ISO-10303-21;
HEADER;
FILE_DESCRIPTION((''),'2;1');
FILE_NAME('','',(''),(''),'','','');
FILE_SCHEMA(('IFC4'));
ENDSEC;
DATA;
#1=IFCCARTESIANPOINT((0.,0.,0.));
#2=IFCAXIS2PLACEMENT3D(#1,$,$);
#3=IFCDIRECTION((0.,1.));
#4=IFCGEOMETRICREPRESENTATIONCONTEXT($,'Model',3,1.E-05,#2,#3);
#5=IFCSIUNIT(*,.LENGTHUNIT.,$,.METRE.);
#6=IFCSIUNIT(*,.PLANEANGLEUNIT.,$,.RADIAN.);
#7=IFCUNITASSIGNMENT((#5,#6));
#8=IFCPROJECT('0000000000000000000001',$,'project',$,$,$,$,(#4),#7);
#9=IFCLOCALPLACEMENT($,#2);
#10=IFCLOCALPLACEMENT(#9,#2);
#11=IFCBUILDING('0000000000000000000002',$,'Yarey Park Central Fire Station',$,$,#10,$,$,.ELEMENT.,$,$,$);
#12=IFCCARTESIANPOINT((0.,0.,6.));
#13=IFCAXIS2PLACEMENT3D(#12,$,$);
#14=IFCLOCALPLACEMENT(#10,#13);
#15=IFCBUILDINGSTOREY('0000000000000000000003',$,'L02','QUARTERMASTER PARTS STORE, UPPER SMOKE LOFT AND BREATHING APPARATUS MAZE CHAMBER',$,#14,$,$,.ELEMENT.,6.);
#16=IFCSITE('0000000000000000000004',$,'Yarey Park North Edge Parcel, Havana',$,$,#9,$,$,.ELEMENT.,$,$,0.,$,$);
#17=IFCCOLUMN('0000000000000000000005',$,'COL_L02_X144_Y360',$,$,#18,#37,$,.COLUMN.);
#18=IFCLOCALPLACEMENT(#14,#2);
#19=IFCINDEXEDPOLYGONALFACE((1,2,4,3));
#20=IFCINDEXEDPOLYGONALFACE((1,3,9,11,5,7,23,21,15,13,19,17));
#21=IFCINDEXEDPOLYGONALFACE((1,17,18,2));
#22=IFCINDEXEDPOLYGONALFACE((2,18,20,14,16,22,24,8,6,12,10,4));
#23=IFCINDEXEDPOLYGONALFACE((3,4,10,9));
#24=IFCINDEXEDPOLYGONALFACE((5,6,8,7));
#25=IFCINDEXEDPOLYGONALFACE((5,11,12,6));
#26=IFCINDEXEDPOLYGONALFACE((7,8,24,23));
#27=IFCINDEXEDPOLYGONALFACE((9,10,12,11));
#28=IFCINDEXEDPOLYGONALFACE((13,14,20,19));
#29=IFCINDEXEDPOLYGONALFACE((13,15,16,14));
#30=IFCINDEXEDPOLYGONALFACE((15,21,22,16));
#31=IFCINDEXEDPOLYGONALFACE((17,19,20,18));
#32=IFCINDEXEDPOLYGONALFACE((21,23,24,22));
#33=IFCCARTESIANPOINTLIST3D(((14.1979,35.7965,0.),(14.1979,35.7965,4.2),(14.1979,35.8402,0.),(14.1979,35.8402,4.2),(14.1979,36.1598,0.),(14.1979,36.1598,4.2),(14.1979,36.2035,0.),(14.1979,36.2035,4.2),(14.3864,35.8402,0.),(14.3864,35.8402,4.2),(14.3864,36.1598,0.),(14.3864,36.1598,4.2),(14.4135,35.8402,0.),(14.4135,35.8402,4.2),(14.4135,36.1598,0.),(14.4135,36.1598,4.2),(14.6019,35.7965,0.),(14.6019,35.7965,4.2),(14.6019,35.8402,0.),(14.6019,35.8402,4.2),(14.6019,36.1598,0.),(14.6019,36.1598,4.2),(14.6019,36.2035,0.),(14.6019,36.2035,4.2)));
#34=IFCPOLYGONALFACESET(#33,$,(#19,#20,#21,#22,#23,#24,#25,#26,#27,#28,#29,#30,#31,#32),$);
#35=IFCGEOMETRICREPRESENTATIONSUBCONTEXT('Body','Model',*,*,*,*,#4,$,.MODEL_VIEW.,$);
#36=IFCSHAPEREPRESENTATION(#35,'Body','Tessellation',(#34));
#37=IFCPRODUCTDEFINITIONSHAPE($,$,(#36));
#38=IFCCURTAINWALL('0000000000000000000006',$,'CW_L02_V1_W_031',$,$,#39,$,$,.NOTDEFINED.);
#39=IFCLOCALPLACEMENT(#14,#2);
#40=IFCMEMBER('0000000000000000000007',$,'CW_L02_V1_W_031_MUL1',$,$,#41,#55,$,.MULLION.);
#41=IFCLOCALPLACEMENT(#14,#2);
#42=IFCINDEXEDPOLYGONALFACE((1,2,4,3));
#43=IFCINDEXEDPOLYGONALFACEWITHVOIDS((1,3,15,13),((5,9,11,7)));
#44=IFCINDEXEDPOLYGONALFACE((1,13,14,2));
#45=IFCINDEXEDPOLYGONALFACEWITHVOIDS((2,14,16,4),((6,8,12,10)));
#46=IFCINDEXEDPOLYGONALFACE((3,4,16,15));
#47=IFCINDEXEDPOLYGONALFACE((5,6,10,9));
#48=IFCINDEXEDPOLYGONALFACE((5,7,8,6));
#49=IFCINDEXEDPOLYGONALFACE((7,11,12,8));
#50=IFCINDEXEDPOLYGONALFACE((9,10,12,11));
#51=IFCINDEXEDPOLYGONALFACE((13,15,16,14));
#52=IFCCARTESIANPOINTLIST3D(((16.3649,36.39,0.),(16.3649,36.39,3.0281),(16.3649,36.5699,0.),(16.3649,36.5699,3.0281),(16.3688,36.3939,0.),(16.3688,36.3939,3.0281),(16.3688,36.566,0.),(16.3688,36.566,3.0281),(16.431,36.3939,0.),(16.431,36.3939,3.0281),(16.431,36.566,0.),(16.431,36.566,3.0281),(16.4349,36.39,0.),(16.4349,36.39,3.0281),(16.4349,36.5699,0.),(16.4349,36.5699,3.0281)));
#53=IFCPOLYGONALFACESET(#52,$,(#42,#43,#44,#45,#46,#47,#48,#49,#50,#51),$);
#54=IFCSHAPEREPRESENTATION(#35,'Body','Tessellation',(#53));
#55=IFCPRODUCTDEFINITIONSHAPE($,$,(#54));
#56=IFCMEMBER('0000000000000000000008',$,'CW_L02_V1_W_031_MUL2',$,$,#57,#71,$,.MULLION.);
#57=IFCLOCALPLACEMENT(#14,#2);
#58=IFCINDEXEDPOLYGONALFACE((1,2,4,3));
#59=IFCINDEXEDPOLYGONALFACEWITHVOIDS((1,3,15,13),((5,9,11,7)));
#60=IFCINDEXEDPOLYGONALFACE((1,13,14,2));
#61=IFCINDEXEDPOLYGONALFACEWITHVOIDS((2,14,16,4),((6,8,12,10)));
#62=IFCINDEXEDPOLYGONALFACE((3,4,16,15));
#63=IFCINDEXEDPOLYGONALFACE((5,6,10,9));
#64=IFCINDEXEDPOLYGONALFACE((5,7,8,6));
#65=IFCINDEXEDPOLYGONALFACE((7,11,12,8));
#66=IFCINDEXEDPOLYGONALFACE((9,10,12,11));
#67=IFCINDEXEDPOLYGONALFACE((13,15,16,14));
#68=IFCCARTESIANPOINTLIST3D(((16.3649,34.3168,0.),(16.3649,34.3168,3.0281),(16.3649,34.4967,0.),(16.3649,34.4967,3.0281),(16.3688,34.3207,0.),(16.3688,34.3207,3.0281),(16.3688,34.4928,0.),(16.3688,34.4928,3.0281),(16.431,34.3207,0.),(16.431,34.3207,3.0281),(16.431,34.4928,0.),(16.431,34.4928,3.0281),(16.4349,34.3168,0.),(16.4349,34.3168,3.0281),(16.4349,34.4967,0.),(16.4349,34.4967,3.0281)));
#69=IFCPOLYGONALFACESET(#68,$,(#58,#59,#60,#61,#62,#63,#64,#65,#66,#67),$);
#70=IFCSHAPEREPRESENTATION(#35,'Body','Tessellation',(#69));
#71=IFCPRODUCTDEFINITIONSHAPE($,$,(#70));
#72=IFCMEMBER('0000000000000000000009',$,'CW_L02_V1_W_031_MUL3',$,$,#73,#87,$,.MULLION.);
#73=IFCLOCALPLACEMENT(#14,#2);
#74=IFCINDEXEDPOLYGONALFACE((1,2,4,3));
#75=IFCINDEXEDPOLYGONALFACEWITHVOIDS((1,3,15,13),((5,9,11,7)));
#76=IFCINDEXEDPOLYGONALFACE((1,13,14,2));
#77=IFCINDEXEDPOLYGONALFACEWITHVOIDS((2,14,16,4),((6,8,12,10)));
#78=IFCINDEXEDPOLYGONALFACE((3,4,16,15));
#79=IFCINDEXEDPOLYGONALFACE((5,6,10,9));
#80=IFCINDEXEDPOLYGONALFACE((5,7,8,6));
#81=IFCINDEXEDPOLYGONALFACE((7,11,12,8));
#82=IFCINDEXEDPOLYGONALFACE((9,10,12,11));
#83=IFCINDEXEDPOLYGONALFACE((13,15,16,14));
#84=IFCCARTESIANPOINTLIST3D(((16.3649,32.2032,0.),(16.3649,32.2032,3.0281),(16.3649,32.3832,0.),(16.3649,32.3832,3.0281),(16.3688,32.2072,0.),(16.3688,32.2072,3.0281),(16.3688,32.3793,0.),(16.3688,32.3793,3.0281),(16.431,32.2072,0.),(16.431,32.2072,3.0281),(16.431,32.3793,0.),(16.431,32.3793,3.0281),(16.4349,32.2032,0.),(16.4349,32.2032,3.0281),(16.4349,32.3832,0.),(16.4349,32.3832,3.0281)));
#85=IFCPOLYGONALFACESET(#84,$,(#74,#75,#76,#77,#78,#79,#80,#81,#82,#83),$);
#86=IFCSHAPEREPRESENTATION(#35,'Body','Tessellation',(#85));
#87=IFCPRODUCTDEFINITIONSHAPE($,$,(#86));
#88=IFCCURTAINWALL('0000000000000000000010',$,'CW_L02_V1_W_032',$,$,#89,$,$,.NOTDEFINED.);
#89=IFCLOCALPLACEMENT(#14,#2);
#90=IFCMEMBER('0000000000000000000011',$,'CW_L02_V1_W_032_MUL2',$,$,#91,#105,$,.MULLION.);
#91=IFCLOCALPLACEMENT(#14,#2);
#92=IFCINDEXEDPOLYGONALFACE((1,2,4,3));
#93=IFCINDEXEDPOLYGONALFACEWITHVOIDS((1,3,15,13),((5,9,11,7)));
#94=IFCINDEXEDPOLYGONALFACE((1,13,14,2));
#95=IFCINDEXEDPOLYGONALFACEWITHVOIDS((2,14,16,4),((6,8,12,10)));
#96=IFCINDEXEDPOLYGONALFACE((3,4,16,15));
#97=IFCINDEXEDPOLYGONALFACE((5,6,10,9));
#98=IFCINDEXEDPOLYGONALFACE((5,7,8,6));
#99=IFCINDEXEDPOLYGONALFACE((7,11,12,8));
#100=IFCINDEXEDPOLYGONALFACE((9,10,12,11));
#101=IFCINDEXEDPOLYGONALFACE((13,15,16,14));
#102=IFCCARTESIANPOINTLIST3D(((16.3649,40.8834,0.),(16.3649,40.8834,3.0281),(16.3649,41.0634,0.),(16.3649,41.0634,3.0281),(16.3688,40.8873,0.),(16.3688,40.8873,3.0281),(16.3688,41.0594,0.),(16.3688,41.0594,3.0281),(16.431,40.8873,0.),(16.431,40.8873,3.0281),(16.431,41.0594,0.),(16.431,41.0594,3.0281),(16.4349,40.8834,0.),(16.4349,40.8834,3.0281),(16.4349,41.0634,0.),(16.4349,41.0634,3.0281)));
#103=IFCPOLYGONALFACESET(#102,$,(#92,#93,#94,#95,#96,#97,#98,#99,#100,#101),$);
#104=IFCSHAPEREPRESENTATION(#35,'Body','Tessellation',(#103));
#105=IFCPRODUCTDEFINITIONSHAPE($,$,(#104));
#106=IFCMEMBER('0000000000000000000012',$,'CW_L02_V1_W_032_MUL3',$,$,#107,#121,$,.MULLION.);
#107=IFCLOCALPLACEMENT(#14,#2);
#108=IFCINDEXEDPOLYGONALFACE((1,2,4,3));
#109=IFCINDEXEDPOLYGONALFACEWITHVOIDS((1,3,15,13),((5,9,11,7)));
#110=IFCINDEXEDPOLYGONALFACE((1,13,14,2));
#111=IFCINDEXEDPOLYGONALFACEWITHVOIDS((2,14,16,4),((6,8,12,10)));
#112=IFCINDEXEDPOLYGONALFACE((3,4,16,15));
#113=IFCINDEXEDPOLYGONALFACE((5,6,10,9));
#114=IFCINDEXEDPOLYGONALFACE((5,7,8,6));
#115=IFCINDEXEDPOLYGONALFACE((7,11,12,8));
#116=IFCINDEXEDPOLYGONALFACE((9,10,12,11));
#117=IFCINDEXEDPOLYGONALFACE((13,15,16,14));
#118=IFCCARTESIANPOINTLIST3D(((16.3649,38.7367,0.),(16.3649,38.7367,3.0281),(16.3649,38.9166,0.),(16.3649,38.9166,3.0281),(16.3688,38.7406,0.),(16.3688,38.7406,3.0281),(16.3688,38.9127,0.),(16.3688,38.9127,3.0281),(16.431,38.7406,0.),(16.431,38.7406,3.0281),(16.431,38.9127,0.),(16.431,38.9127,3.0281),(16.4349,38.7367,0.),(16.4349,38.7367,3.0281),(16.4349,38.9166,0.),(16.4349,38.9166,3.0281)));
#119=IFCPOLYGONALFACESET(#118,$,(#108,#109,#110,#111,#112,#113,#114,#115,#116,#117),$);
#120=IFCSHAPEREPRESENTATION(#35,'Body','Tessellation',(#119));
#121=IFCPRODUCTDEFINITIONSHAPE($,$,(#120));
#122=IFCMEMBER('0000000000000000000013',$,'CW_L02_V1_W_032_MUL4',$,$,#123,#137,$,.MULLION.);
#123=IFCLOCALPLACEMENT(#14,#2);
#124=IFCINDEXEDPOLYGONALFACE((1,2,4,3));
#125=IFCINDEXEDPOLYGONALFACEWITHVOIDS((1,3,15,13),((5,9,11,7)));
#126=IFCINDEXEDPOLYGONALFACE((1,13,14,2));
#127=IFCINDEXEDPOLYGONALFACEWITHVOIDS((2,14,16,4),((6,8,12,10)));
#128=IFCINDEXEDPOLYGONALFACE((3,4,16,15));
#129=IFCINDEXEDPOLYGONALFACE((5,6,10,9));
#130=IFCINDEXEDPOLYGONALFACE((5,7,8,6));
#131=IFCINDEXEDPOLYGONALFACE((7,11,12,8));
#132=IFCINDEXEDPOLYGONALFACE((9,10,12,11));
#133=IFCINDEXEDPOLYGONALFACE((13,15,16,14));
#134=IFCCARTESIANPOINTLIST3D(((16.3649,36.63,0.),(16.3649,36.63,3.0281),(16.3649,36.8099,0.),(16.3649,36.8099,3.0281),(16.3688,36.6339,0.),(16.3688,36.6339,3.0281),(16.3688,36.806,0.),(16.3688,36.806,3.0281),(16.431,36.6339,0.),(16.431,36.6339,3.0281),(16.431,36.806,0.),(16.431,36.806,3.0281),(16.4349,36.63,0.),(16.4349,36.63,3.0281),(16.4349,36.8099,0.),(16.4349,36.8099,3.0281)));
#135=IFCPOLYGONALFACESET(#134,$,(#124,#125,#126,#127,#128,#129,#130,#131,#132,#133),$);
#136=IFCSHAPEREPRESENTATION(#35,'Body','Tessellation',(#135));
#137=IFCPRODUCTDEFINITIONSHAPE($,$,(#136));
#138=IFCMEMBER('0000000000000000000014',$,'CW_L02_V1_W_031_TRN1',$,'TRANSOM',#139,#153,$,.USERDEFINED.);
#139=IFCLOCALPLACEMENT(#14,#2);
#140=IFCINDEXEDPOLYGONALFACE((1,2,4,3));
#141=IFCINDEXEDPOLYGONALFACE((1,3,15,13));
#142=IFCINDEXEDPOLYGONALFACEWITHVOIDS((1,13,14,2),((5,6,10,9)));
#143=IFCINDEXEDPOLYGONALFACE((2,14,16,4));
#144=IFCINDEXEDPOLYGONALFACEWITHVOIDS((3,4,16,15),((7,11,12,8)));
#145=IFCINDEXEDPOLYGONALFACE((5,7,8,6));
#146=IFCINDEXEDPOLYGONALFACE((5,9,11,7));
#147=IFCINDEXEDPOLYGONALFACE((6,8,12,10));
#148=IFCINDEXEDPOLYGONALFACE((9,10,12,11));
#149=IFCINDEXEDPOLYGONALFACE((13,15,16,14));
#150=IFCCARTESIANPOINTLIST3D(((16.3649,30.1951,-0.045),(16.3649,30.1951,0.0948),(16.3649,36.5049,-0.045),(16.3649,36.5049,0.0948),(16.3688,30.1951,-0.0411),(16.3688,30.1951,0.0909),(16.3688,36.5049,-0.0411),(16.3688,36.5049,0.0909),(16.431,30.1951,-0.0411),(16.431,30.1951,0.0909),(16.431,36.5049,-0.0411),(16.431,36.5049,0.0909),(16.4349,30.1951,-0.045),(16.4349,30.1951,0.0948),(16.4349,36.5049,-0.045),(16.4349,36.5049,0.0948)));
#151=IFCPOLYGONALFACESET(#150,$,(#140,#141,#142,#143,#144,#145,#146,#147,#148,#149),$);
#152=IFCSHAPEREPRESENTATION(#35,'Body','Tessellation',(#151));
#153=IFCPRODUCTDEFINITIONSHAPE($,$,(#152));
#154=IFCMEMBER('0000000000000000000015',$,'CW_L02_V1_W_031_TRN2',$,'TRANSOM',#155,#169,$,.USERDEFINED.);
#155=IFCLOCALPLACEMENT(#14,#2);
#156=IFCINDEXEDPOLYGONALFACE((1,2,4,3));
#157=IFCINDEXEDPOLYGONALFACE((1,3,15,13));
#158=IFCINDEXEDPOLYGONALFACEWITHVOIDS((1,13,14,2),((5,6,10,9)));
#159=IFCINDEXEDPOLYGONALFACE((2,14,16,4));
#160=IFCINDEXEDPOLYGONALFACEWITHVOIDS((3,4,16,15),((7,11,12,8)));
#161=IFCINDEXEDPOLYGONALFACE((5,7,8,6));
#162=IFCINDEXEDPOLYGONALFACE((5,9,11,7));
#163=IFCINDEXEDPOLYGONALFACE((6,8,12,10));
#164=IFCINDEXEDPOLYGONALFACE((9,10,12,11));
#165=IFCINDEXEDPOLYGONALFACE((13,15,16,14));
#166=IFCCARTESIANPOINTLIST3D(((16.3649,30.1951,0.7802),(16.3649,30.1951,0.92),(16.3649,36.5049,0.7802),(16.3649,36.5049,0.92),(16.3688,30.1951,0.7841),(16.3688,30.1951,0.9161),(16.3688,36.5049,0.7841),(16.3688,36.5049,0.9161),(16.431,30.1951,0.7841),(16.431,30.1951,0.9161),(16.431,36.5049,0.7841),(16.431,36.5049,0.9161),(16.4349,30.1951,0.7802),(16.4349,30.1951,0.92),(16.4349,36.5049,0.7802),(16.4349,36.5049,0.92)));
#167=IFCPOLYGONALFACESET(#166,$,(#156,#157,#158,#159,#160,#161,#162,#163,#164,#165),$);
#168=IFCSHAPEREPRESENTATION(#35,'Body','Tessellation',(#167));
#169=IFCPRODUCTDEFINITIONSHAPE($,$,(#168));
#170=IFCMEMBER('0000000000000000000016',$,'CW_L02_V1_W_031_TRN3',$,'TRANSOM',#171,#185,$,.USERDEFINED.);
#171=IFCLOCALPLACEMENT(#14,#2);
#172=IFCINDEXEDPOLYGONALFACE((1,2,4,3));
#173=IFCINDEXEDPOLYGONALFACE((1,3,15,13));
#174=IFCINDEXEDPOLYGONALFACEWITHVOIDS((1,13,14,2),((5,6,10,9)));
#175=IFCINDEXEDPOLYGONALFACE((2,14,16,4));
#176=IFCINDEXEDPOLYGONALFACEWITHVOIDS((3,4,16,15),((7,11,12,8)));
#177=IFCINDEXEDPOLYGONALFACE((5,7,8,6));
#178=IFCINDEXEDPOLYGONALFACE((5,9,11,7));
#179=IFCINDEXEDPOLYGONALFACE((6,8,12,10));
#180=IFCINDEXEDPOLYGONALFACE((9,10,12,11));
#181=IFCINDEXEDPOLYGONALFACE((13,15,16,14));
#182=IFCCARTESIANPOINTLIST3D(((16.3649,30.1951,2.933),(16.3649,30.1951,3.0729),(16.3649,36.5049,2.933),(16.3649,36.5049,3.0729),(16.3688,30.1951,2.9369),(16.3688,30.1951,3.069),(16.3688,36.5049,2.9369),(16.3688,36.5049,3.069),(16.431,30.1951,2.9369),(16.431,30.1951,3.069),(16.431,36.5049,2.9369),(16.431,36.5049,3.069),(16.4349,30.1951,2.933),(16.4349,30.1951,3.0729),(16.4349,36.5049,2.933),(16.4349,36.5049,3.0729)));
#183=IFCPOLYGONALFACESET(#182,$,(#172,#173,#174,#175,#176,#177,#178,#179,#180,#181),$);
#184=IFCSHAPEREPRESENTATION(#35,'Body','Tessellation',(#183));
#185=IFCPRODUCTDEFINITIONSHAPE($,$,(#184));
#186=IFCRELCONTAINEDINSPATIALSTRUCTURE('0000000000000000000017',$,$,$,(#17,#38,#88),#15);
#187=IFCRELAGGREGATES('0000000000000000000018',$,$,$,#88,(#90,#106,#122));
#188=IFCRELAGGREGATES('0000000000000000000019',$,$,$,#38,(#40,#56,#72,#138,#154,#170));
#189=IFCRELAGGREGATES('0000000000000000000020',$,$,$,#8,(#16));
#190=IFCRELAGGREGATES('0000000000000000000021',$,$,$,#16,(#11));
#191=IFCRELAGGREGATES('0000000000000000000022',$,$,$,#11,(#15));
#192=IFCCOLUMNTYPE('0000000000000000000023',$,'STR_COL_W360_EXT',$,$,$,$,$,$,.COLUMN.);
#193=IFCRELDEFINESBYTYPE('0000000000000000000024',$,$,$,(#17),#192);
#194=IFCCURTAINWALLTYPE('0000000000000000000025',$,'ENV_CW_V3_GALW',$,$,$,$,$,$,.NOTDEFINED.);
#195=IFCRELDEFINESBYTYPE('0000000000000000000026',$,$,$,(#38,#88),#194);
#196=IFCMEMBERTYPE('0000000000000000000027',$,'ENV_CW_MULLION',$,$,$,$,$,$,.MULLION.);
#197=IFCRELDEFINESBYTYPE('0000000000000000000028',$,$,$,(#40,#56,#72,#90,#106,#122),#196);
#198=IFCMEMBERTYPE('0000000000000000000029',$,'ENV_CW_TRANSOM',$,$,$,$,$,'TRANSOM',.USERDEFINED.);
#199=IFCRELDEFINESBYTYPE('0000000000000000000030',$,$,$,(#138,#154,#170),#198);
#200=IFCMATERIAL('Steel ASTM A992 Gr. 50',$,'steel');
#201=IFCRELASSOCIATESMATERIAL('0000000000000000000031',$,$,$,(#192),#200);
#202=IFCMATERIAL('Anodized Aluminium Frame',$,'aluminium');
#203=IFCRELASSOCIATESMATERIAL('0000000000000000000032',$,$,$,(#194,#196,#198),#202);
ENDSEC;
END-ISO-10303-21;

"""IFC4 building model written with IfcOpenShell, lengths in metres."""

from ifc_helpers import new_model, si_unit, direction, frame, origin, origin_2d, place, context, subcontext, project, spatial, hollow_rectangle, i_section, extrude, material, material_profile, profile_set, type_object, element, aggregate, save


model = new_model("IFC4")

# Units and contexts
model_context = context("Model", 3, precision=1e-05, world=origin(), true_north=direction((0.0, 1.0)))
body_context = subcontext(model_context, "Body", "Model", "MODEL_VIEW")
ifc_project = project(units=[si_unit("LENGTHUNIT", "METRE"), si_unit("PLANEANGLEUNIT", "RADIAN")], contexts=[model_context])

# Site, building, storey
site_placement = place(None, origin())
site = spatial("IfcSite", under=ifc_project, at=site_placement, Name="Yarey Park North Edge Parcel, Havana", CompositionType="ELEMENT", RefElevation=0.0)
building_placement = place(site_placement, origin())
building = spatial("IfcBuilding", under=site, at=building_placement, Name="Yarey Park Central Fire Station", CompositionType="ELEMENT")
storey_placement = place(building_placement, frame((0.0, 0.0, 6.0)))
storey = spatial("IfcBuildingStorey", under=building, at=storey_placement, Name="L02", Description="QUARTERMASTER PARTS STORE, UPPER SMOKE LOFT AND BREATHING APPARATUS MAZE CHAMBER", CompositionType="ELEMENT", Elevation=6.0)

# Column
ifc_material_1 = material(Name="Steel ASTM A992 Gr. 50", Category="steel")
ifc_material_profile_1 = material_profile(ifc_material_1, i_section(OverallWidth=0.4041, OverallDepth=0.407, WebThickness=0.0271, FlangeThickness=0.0437, at=origin_2d()), Name="W360x347")
ifc_profile_set_1 = profile_set([ifc_material_profile_1], Name="Steel ASTM A992 Gr. 50")
column_type = type_object("IfcColumnType", Name="STR_COL_W360_EXT", PredefinedType="COLUMN", material=ifc_profile_set_1)
column_placement = place(storey_placement, frame((14.3999, 36.0, 0.0), z_axis=(0.0, 0.0, 1.0), x_axis=(1.0, 0.0, 0.0)))
element("IfcColumn", 1, at=column_placement, inside=storey, type_object=column_type, Name="COL_L02_X144_Y360", PredefinedType="COLUMN", context=body_context, shape_type="SweptSolid", body=[
    extrude(i_section(OverallWidth=0.4041, OverallDepth=0.407, WebThickness=0.0271, FlangeThickness=0.0437, at=origin_2d()), origin(), (0.0, 0.0, 1.0), 4.2),
])

# Curtain walls, members
ifc_material_2 = material(Name="Anodized Aluminium Frame", Category="aluminium")
curtain_wall_type = type_object("IfcCurtainWallType", Name="ENV_CW_V3_GALW", PredefinedType="NOTDEFINED", material=ifc_material_2)
curtain_wall_1_placement = place(storey_placement, origin())
curtain_wall_1 = element("IfcCurtainWall", 2, at=curtain_wall_1_placement, inside=storey, type_object=curtain_wall_type, Name="CW_L02_V1_W_031", PredefinedType="NOTDEFINED")
ifc_material_profile_2 = material_profile(ifc_material_2, hollow_rectangle(XDim=0.0701, YDim=0.1799, WallThickness=0.0039, at=origin_2d()), Name="ALU 180x70x4")
ifc_profile_set_2 = profile_set([ifc_material_profile_2], Name="Anodized Aluminium Frame")
member_type_1 = type_object("IfcMemberType", Name="ENV_CW_MULLION", PredefinedType="MULLION", material=ifc_profile_set_2)
member_1_placement = place(storey_placement, frame((16.3999, 36.48, 0.0), z_axis=(0.0, 0.0, 1.0), x_axis=(1.0, 0.0, 0.0)))
member_1 = element("IfcMember", 3, at=member_1_placement, type_object=member_type_1, Name="CW_L02_V1_W_031_MUL1", PredefinedType="MULLION", context=body_context, shape_type="SweptSolid", body=[
    extrude(hollow_rectangle(XDim=0.0701, YDim=0.1799, WallThickness=0.0039, at=origin_2d()), origin(), (0.0, 0.0, 1.0), 3.0281),
])
member_2_placement = place(storey_placement, frame((16.3999, 34.4067, 0.0), z_axis=(0.0, 0.0, 1.0), x_axis=(1.0, 0.0, 0.0)))
member_2 = element("IfcMember", 4, at=member_2_placement, type_object=member_type_1, Name="CW_L02_V1_W_031_MUL2", PredefinedType="MULLION", context=body_context, shape_type="SweptSolid", body=[
    extrude(hollow_rectangle(XDim=0.0701, YDim=0.1799, WallThickness=0.0039, at=origin_2d()), origin(), (0.0, 0.0, 1.0), 3.0281),
])
member_3_placement = place(storey_placement, frame((16.3999, 32.2932, 0.0), z_axis=(0.0, 0.0, 1.0), x_axis=(1.0, 0.0, 0.0)))
member_3 = element("IfcMember", 5, at=member_3_placement, type_object=member_type_1, Name="CW_L02_V1_W_031_MUL3", PredefinedType="MULLION", context=body_context, shape_type="SweptSolid", body=[
    extrude(hollow_rectangle(XDim=0.0701, YDim=0.1799, WallThickness=0.0039, at=origin_2d()), origin(), (0.0, 0.0, 1.0), 3.0281),
])
curtain_wall_2_placement = place(storey_placement, origin())
curtain_wall_2 = element("IfcCurtainWall", 6, at=curtain_wall_2_placement, inside=storey, type_object=curtain_wall_type, Name="CW_L02_V1_W_032", PredefinedType="NOTDEFINED")
member_4_placement = place(storey_placement, frame((16.3999, 40.9734, 0.0), z_axis=(0.0, 0.0, 1.0), x_axis=(1.0, 0.0, 0.0)))
member_4 = element("IfcMember", 7, at=member_4_placement, type_object=member_type_1, Name="CW_L02_V1_W_032_MUL2", PredefinedType="MULLION", context=body_context, shape_type="SweptSolid", body=[
    extrude(hollow_rectangle(XDim=0.0701, YDim=0.1799, WallThickness=0.0039, at=origin_2d()), origin(), (0.0, 0.0, 1.0), 3.0281),
])
member_5_placement = place(storey_placement, frame((16.3999, 38.8267, 0.0), z_axis=(0.0, 0.0, 1.0), x_axis=(1.0, 0.0, 0.0)))
member_5 = element("IfcMember", 8, at=member_5_placement, type_object=member_type_1, Name="CW_L02_V1_W_032_MUL3", PredefinedType="MULLION", context=body_context, shape_type="SweptSolid", body=[
    extrude(hollow_rectangle(XDim=0.0701, YDim=0.1799, WallThickness=0.0039, at=origin_2d()), origin(), (0.0, 0.0, 1.0), 3.0281),
])
member_6_placement = place(storey_placement, frame((16.3999, 36.72, 0.0), z_axis=(0.0, 0.0, 1.0), x_axis=(1.0, 0.0, 0.0)))
member_6 = element("IfcMember", 9, at=member_6_placement, type_object=member_type_1, Name="CW_L02_V1_W_032_MUL4", PredefinedType="MULLION", context=body_context, shape_type="SweptSolid", body=[
    extrude(hollow_rectangle(XDim=0.0701, YDim=0.1799, WallThickness=0.0039, at=origin_2d()), origin(), (0.0, 0.0, 1.0), 3.0281),
])

# Members
ifc_material_profile_3 = material_profile(ifc_material_2, hollow_rectangle(XDim=0.0701, YDim=0.1399, WallThickness=0.0039, at=origin_2d()), Name="ALU 140x70x4")
ifc_profile_set_3 = profile_set([ifc_material_profile_3], Name="Anodized Aluminium Frame")
member_type_2 = type_object("IfcMemberType", Name="ENV_CW_TRANSOM", ElementType="TRANSOM", PredefinedType="USERDEFINED", material=ifc_profile_set_3)
member_7_placement = place(storey_placement, frame((16.3999, 36.5049, 0.0249), z_axis=(0.0, -1.0, 0.0), x_axis=(1.0, 0.0, 0.0)))
member_7 = element("IfcMember", 10, at=member_7_placement, type_object=member_type_2, Name="CW_L02_V1_W_031_TRN1", ObjectType="TRANSOM", PredefinedType="USERDEFINED", context=body_context, shape_type="SweptSolid", body=[
    extrude(hollow_rectangle(XDim=0.0701, YDim=0.1399, WallThickness=0.0039, at=origin_2d()), origin(), (0.0, 0.0, 1.0), 6.3098),
])
member_8_placement = place(storey_placement, frame((16.3999, 36.5049, 0.8501), z_axis=(0.0, -1.0, 0.0), x_axis=(1.0, 0.0, 0.0)))
member_8 = element("IfcMember", 11, at=member_8_placement, type_object=member_type_2, Name="CW_L02_V1_W_031_TRN2", ObjectType="TRANSOM", PredefinedType="USERDEFINED", context=body_context, shape_type="SweptSolid", body=[
    extrude(hollow_rectangle(XDim=0.0701, YDim=0.1399, WallThickness=0.0039, at=origin_2d()), origin(), (0.0, 0.0, 1.0), 6.3098),
])
member_9_placement = place(storey_placement, frame((16.3999, 36.5049, 3.0029), z_axis=(0.0, -1.0, 0.0), x_axis=(1.0, 0.0, 0.0)))
member_9 = element("IfcMember", 12, at=member_9_placement, type_object=member_type_2, Name="CW_L02_V1_W_031_TRN3", ObjectType="TRANSOM", PredefinedType="USERDEFINED", context=body_context, shape_type="SweptSolid", body=[
    extrude(hollow_rectangle(XDim=0.0701, YDim=0.1399, WallThickness=0.0039, at=origin_2d()), origin(), (0.0, 0.0, 1.0), 6.3098),
])

aggregate(curtain_wall_2, [member_4, member_5, member_6])
aggregate(curtain_wall_1, [member_1, member_2, member_3, member_7, member_8, member_9])

save(model, "model.ifc")
